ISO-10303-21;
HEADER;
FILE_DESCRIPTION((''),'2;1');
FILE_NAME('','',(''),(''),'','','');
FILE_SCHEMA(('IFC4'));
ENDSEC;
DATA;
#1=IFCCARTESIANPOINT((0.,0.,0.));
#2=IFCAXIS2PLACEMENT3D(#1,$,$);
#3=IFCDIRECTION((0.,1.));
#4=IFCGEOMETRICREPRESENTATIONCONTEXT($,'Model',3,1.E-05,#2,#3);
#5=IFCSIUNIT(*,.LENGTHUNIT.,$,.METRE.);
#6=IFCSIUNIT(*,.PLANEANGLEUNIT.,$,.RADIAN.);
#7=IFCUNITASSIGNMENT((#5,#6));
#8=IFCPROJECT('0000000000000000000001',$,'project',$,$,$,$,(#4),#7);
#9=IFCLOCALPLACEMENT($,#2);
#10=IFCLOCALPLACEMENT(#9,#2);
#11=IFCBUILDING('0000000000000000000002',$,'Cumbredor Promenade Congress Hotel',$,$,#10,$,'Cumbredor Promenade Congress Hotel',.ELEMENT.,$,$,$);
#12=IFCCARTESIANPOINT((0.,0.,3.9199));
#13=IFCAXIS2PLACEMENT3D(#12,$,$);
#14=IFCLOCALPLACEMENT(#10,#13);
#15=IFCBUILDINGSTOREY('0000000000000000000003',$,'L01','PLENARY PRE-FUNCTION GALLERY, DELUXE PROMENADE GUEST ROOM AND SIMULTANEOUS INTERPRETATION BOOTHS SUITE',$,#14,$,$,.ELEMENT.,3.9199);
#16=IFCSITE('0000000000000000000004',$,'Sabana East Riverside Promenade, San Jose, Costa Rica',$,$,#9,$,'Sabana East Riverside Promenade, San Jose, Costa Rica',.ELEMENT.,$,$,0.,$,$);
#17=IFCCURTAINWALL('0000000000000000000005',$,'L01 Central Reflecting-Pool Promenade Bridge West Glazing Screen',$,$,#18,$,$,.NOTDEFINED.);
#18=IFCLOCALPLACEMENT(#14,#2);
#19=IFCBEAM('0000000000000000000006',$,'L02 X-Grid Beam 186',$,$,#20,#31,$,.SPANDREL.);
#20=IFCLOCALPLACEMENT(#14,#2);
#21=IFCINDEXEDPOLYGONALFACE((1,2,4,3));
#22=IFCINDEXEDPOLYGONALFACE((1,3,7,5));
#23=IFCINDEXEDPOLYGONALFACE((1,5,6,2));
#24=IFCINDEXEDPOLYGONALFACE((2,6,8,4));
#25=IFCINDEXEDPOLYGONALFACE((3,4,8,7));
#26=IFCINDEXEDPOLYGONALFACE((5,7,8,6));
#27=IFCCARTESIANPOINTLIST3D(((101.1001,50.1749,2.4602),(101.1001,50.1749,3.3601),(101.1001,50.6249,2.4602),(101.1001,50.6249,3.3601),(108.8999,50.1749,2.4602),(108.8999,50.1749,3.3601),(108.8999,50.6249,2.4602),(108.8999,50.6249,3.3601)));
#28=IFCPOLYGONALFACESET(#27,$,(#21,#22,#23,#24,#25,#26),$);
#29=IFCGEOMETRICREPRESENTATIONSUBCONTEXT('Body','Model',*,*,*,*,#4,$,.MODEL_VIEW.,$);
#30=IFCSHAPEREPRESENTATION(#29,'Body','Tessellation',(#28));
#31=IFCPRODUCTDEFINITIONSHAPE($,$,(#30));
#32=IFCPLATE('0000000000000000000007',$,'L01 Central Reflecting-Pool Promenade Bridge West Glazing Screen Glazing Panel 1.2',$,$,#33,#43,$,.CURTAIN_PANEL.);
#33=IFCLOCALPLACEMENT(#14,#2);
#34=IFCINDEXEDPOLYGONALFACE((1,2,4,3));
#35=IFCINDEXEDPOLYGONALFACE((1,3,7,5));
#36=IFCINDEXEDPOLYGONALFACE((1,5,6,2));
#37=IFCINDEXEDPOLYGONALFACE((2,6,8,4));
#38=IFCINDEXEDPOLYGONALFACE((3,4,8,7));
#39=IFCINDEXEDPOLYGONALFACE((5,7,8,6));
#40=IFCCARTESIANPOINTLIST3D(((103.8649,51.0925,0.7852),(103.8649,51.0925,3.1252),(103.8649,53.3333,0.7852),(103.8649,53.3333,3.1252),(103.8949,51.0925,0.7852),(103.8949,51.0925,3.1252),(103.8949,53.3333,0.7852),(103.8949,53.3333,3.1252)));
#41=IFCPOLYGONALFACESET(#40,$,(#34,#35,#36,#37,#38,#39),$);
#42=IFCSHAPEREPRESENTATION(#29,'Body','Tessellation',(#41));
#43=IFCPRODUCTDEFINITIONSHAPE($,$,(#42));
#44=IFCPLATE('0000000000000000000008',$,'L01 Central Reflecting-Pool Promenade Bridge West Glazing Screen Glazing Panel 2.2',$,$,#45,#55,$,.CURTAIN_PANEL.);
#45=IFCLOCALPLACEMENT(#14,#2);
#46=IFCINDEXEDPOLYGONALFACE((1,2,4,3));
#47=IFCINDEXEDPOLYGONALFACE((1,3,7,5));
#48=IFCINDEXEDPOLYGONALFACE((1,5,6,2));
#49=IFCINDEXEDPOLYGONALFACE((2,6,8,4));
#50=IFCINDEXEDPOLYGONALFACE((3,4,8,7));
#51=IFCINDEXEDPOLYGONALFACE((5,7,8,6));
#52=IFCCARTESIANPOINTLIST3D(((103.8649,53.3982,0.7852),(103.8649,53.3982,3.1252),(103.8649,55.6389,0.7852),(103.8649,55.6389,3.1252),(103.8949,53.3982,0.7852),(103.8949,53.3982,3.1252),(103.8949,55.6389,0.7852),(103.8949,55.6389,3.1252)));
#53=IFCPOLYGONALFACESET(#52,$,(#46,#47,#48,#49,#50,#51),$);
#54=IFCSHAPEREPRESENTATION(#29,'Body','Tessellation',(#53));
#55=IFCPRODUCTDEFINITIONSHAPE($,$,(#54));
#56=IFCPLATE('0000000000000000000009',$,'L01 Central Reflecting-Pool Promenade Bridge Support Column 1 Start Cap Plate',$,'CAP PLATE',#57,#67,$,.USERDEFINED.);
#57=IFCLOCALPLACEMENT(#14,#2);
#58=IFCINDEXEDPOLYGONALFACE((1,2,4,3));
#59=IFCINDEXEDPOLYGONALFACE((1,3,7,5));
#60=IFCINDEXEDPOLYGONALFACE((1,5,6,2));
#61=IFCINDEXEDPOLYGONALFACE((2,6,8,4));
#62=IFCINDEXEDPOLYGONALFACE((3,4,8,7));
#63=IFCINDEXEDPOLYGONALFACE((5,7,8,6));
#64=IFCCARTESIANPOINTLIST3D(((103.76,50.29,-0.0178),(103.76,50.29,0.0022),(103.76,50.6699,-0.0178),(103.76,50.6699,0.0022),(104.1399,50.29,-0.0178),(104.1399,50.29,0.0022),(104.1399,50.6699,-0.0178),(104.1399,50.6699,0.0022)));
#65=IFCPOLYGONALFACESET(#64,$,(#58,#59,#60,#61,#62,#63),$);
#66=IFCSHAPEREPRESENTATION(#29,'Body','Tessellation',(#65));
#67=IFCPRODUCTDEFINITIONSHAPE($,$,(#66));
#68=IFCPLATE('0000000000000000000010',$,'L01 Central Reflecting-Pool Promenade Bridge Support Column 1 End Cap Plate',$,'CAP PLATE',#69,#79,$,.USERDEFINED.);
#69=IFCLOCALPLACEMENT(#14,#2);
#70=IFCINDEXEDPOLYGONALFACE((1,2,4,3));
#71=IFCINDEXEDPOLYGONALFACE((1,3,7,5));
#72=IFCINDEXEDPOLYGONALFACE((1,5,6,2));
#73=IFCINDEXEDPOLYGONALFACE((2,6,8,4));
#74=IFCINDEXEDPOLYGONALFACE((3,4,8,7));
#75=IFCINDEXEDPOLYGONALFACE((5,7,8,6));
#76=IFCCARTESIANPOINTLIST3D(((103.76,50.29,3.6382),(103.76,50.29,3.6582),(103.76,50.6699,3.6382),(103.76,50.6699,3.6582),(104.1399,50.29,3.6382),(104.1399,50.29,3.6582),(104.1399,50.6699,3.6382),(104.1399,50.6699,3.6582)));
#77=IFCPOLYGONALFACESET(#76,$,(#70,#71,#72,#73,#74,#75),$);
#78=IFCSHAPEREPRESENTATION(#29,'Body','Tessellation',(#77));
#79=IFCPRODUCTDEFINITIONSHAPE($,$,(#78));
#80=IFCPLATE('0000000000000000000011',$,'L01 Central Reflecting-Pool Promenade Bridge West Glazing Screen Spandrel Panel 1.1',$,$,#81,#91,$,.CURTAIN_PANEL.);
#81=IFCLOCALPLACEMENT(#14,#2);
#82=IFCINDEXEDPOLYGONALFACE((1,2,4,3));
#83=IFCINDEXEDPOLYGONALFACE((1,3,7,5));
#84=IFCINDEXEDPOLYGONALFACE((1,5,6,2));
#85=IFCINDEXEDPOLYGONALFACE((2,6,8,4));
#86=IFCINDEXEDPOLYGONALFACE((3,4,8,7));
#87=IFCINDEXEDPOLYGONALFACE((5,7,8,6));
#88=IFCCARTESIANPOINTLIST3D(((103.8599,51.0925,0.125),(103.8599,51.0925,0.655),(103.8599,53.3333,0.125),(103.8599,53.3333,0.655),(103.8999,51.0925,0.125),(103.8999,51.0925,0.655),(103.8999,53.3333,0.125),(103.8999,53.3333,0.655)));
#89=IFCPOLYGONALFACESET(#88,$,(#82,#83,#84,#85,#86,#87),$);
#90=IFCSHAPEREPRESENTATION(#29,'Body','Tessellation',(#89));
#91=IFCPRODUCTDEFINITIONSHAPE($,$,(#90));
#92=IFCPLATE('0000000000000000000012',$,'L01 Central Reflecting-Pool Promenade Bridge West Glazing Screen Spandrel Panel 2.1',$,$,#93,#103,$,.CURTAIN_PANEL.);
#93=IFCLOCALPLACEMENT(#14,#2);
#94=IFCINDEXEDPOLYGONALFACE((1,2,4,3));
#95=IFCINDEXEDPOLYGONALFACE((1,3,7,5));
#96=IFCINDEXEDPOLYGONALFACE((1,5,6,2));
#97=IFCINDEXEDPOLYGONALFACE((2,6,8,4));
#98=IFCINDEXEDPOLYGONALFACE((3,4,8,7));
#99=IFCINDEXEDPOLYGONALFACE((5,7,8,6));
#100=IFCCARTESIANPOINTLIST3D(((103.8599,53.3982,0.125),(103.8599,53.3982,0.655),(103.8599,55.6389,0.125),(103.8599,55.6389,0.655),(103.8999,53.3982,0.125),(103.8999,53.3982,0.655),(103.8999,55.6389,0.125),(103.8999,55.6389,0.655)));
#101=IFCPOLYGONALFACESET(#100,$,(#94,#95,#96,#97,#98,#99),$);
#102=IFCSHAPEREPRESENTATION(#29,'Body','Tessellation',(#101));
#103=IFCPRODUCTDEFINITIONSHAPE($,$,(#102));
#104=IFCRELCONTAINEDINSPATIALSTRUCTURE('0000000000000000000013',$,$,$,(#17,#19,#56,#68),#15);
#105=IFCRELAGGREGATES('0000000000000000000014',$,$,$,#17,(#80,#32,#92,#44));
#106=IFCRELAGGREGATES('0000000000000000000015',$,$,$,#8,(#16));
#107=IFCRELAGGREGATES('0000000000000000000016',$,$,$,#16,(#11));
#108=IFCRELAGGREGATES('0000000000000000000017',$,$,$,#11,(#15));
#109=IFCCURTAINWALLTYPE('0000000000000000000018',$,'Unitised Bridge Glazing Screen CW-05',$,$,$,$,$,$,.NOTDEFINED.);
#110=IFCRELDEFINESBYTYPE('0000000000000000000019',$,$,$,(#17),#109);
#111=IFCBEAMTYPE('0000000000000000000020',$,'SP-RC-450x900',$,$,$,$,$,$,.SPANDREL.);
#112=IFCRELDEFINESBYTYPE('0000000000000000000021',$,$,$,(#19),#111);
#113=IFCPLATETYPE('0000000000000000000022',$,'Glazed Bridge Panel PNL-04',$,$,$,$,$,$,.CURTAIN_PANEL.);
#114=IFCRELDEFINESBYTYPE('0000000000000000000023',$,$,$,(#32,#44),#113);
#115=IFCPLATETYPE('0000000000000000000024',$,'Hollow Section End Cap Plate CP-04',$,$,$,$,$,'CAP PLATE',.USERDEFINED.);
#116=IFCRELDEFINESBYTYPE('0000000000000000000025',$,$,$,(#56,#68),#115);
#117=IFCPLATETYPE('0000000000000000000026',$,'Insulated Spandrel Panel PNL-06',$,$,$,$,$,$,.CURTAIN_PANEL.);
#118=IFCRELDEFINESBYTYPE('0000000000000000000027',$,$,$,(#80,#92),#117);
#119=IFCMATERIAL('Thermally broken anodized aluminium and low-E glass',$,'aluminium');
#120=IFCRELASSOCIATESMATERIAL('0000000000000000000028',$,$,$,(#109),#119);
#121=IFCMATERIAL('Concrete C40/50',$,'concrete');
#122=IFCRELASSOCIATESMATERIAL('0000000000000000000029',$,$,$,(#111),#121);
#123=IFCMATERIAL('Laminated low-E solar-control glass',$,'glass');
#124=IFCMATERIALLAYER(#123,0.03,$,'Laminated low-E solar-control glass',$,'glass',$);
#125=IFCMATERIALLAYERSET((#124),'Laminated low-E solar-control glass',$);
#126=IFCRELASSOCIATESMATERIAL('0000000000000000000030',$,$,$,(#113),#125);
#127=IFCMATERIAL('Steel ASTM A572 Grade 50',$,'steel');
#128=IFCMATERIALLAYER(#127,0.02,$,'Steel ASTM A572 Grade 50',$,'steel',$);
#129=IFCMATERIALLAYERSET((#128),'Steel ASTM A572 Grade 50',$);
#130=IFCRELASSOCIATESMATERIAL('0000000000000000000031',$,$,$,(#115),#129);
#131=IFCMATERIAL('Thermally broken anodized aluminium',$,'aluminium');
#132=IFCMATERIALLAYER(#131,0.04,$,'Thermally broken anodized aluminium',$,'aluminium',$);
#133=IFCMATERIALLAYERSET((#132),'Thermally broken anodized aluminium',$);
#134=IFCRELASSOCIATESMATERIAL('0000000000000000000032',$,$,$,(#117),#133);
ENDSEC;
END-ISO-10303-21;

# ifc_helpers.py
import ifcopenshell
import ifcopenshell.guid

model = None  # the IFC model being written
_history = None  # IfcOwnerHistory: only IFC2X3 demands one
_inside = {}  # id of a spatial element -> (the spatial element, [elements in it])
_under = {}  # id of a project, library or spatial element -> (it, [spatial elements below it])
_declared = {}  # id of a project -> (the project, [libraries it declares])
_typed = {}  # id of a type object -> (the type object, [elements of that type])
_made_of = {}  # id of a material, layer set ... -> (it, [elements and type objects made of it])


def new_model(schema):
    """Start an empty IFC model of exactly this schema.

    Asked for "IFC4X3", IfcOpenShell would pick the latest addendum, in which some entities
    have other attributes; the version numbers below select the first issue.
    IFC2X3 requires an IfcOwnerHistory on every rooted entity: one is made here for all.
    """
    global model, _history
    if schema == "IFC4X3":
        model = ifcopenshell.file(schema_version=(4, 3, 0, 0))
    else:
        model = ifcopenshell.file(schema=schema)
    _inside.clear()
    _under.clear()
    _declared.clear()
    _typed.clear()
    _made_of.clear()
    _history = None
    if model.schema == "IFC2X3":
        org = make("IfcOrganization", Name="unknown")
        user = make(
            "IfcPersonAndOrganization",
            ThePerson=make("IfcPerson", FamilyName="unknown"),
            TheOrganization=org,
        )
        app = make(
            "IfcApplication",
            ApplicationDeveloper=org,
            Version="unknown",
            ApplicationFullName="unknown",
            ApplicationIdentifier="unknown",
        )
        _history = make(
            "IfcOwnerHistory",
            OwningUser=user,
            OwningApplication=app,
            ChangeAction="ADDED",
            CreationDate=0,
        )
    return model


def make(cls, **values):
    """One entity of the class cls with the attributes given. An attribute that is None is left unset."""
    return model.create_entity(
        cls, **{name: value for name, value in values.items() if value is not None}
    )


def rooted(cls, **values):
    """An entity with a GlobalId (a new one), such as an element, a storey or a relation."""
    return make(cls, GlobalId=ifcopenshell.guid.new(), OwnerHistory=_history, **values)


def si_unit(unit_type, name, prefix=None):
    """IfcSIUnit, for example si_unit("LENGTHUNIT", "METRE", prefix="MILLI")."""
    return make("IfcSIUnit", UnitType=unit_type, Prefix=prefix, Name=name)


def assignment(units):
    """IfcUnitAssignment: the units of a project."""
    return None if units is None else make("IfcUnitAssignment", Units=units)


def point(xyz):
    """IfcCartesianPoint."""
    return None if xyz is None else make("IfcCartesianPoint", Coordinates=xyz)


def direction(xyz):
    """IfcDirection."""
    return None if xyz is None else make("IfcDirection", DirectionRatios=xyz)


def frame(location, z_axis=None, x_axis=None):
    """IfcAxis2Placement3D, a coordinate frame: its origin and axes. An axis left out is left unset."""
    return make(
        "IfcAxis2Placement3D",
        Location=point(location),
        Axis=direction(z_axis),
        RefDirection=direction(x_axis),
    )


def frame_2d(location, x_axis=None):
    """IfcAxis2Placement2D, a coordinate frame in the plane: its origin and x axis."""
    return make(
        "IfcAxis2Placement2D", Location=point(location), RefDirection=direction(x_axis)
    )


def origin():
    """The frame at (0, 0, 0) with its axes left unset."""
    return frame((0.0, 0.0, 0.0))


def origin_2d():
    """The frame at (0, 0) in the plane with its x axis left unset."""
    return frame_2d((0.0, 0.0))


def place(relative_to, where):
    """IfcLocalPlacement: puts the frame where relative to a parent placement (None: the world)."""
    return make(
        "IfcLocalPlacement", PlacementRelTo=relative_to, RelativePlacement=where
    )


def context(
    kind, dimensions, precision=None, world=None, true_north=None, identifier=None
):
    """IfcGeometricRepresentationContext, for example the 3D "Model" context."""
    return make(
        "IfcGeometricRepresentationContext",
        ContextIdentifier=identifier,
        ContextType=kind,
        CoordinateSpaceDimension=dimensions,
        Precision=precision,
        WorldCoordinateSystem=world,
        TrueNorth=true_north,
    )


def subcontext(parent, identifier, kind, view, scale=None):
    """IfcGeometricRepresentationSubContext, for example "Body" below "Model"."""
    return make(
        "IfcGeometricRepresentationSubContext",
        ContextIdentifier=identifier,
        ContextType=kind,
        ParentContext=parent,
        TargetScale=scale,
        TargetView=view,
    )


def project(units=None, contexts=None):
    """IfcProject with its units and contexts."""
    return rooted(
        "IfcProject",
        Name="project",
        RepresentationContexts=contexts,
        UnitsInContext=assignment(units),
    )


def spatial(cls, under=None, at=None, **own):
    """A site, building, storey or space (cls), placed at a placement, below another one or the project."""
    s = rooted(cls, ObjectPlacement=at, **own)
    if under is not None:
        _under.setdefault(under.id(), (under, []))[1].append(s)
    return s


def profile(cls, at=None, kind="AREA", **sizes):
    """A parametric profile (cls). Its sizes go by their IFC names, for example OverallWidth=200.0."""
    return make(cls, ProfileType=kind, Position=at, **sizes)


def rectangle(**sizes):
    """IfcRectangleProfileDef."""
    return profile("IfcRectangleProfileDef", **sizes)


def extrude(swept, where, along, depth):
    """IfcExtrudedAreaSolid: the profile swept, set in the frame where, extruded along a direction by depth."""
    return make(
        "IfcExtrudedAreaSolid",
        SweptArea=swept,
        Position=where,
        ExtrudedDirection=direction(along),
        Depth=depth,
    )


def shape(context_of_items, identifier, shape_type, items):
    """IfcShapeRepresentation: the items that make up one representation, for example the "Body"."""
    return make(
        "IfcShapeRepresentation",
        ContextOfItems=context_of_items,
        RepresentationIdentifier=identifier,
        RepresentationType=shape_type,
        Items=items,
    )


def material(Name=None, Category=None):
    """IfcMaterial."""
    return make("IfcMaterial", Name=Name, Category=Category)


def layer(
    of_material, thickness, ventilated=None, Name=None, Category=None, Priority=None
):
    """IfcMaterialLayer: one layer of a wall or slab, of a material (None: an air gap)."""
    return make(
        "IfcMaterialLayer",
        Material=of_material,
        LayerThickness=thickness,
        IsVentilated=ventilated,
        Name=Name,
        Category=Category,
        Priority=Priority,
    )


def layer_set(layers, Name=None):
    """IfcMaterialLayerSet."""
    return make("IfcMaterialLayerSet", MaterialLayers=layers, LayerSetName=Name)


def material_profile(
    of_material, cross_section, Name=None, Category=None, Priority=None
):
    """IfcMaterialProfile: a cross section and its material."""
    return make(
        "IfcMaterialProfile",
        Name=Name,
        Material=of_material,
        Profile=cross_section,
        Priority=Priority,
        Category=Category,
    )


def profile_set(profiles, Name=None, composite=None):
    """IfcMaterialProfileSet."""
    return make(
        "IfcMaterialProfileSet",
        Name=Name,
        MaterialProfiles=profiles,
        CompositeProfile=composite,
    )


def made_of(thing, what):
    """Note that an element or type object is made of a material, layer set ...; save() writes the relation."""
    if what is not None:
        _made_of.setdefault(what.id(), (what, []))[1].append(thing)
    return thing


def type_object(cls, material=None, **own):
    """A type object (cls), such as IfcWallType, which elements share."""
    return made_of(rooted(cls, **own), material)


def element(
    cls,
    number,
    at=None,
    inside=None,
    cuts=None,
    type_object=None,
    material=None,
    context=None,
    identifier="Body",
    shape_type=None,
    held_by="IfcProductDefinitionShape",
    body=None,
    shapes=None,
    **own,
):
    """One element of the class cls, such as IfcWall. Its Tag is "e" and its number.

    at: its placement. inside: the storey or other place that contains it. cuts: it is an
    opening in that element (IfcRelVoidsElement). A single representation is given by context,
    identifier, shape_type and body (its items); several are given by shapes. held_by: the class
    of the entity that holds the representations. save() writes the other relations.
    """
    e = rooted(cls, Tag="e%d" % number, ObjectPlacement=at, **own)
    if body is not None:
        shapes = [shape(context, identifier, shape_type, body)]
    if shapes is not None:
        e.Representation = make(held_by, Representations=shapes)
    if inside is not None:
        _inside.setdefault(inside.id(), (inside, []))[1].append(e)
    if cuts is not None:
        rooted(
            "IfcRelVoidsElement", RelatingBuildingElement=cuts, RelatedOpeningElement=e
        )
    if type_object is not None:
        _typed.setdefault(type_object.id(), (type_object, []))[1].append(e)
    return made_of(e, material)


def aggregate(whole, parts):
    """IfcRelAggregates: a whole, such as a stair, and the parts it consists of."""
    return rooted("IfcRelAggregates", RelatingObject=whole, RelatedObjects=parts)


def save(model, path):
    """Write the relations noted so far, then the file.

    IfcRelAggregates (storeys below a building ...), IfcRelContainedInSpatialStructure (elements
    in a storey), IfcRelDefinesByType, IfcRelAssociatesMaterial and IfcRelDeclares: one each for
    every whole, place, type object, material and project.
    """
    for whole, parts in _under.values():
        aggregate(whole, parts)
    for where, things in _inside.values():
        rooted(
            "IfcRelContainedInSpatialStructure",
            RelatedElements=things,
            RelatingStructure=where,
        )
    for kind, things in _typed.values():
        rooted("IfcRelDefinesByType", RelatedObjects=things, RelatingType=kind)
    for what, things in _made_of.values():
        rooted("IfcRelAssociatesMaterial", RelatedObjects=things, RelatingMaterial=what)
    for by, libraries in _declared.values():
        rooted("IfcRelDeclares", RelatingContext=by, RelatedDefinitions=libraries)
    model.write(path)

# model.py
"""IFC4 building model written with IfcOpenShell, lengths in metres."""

from ifc_helpers import new_model, si_unit, direction, frame, origin, origin_2d, place, context, subcontext, project, spatial, rectangle, extrude, material, layer, layer_set, material_profile, profile_set, type_object, element, aggregate, save


model = new_model("IFC4")

# Units and contexts
model_context = context("Model", 3, precision=1e-05, world=origin(), true_north=direction((0.0, 1.0)))
body_context = subcontext(model_context, "Body", "Model", "MODEL_VIEW")
ifc_project = project(units=[si_unit("LENGTHUNIT", "METRE"), si_unit("PLANEANGLEUNIT", "RADIAN")], contexts=[model_context])

# Site, building, storey
site_placement = place(None, origin())
site = spatial("IfcSite", under=ifc_project, at=site_placement, Name="Sabana East Riverside Promenade, San Jose, Costa Rica", LongName="Sabana East Riverside Promenade, San Jose, Costa Rica", CompositionType="ELEMENT", RefElevation=0.0)
building_placement = place(site_placement, origin())
building = spatial("IfcBuilding", under=site, at=building_placement, Name="Cumbredor Promenade Congress Hotel", LongName="Cumbredor Promenade Congress Hotel", CompositionType="ELEMENT")
storey_placement = place(building_placement, frame((0.0, 0.0, 3.9199)))
storey = spatial("IfcBuildingStorey", under=building, at=storey_placement, Name="L01", Description="PLENARY PRE-FUNCTION GALLERY, DELUXE PROMENADE GUEST ROOM AND SIMULTANEOUS INTERPRETATION BOOTHS SUITE", CompositionType="ELEMENT", Elevation=3.9199)

# Curtain wall
ifc_material_1 = material(Name="Thermally broken anodized aluminium and low-E glass", Category="aluminium")
curtain_wall_type = type_object("IfcCurtainWallType", Name="Unitised Bridge Glazing Screen CW-05", PredefinedType="NOTDEFINED", material=ifc_material_1)
curtain_wall_placement = place(storey_placement, origin())
curtain_wall = element("IfcCurtainWall", 1, at=curtain_wall_placement, inside=storey, type_object=curtain_wall_type, Name="L01 Central Reflecting-Pool Promenade Bridge West Glazing Screen", PredefinedType="NOTDEFINED")
ifc_material_2 = material(Name="Thermally broken anodized aluminium", Category="aluminium")

# Beam
ifc_material_3 = material(Name="Concrete C40/50", Category="concrete")
ifc_material_profile_1 = material_profile(ifc_material_3, rectangle(XDim=0.45, YDim=0.8999, at=origin_2d()), Name="RC SPANDREL 450x900")
ifc_profile_set_1 = profile_set([ifc_material_profile_1], Name="Concrete C40/50")
beam_type_1 = type_object("IfcBeamType", Name="SP-RC-450x900", PredefinedType="SPANDREL", material=ifc_profile_set_1)
beam_1_placement = place(storey_placement, frame((101.1001, 50.3999, 2.9102), z_axis=(1.0, 0.0, 0.0), x_axis=(0.0, 1.0, 0.0)))
element("IfcBeam", 2, at=beam_1_placement, inside=storey, type_object=beam_type_1, Name="L02 X-Grid Beam 186", PredefinedType="SPANDREL", context=body_context, shape_type="SweptSolid", body=[
    extrude(rectangle(XDim=0.45, YDim=0.8999, at=origin_2d()), origin(), (0.0, 0.0, 1.0), 7.7998),
])

# Plates
ifc_material_4 = material(Name="Laminated low-E solar-control glass", Category="glass")
ifc_layer_1 = layer(ifc_material_4, 0.03, Name="Laminated low-E solar-control glass", Category="glass")
ifc_layer_set_1 = layer_set([ifc_layer_1], Name="Laminated low-E solar-control glass")
plate_type_1 = type_object("IfcPlateType", Name="Glazed Bridge Panel PNL-04", PredefinedType="CURTAIN_PANEL", material=ifc_layer_set_1)
plate_1_placement = place(storey_placement, frame((103.8799, 52.2129, 0.7852), z_axis=(0.0, 0.0, 1.0), x_axis=(0.0, 1.0, 0.0)))
plate_1 = element("IfcPlate", 3, at=plate_1_placement, type_object=plate_type_1, Name="L01 Central Reflecting-Pool Promenade Bridge West Glazing Screen Glazing Panel 1.2", PredefinedType="CURTAIN_PANEL", context=body_context, shape_type="SweptSolid", body=[
    extrude(rectangle(XDim=2.2407, YDim=0.03, at=origin_2d()), origin(), (0.0, 0.0, 1.0), 2.3401),
])
plate_2_placement = place(storey_placement, frame((103.8799, 54.5186, 0.7852), z_axis=(0.0, 0.0, 1.0), x_axis=(0.0, 1.0, 0.0)))
plate_2 = element("IfcPlate", 4, at=plate_2_placement, type_object=plate_type_1, Name="L01 Central Reflecting-Pool Promenade Bridge West Glazing Screen Glazing Panel 2.2", PredefinedType="CURTAIN_PANEL", context=body_context, shape_type="SweptSolid", body=[
    extrude(rectangle(XDim=2.2407, YDim=0.03, at=origin_2d()), origin(), (0.0, 0.0, 1.0), 2.3401),
])

# Plates
ifc_material_5 = material(Name="Steel ASTM A572 Grade 50", Category="steel")
ifc_layer_2 = layer(ifc_material_5, 0.02, Name="Steel ASTM A572 Grade 50", Category="steel")
ifc_layer_set_2 = layer_set([ifc_layer_2], Name="Steel ASTM A572 Grade 50")
plate_type_2 = type_object("IfcPlateType", Name="Hollow Section End Cap Plate CP-04", ElementType="CAP PLATE", PredefinedType="USERDEFINED", material=ifc_layer_set_2)
for number, where, z_axis, x_axis, name in (
    (5, (103.95, 50.48, -0.0178), (0.0, 0.0, 1.0), (1.0, 0.0, 0.0), "L01 Central Reflecting-Pool Promenade Bridge Support Column 1 Start Cap Plate"),
    (6, (103.95, 50.48, 3.6382), (0.0, 0.0, 1.0), (1.0, 0.0, 0.0), "L01 Central Reflecting-Pool Promenade Bridge Support Column 1 End Cap Plate"),
):
    element("IfcPlate", number, at=place(storey_placement, frame(where, z_axis=z_axis, x_axis=x_axis)), inside=storey, type_object=plate_type_2, Name=name, ObjectType="CAP PLATE", PredefinedType="USERDEFINED", context=body_context, shape_type="SweptSolid", body=[
        extrude(rectangle(XDim=0.3799, YDim=0.3799, at=origin_2d()), origin(), (0.0, 0.0, 1.0), 0.02),
    ])

# Plates
ifc_layer_3 = layer(ifc_material_2, 0.04, Name="Thermally broken anodized aluminium", Category="aluminium")
ifc_layer_set_3 = layer_set([ifc_layer_3], Name="Thermally broken anodized aluminium")
plate_type_3 = type_object("IfcPlateType", Name="Insulated Spandrel Panel PNL-06", PredefinedType="CURTAIN_PANEL", material=ifc_layer_set_3)
plate_3_placement = place(storey_placement, frame((103.8799, 52.2129, 0.125), z_axis=(0.0, 0.0, 1.0), x_axis=(0.0, 1.0, 0.0)))
plate_3 = element("IfcPlate", 7, at=plate_3_placement, type_object=plate_type_3, Name="L01 Central Reflecting-Pool Promenade Bridge West Glazing Screen Spandrel Panel 1.1", PredefinedType="CURTAIN_PANEL", context=body_context, shape_type="SweptSolid", body=[
    extrude(rectangle(XDim=2.2407, YDim=0.04, at=origin_2d()), origin(), (0.0, 0.0, 1.0), 0.53),
])
plate_4_placement = place(storey_placement, frame((103.8799, 54.5186, 0.125), z_axis=(0.0, 0.0, 1.0), x_axis=(0.0, 1.0, 0.0)))
plate_4 = element("IfcPlate", 8, at=plate_4_placement, type_object=plate_type_3, Name="L01 Central Reflecting-Pool Promenade Bridge West Glazing Screen Spandrel Panel 2.1", PredefinedType="CURTAIN_PANEL", context=body_context, shape_type="SweptSolid", body=[
    extrude(rectangle(XDim=2.2407, YDim=0.04, at=origin_2d()), origin(), (0.0, 0.0, 1.0), 0.53),
])
aggregate(curtain_wall, [plate_3, plate_1, plate_4, plate_2])

save(model, "model.ifc")
